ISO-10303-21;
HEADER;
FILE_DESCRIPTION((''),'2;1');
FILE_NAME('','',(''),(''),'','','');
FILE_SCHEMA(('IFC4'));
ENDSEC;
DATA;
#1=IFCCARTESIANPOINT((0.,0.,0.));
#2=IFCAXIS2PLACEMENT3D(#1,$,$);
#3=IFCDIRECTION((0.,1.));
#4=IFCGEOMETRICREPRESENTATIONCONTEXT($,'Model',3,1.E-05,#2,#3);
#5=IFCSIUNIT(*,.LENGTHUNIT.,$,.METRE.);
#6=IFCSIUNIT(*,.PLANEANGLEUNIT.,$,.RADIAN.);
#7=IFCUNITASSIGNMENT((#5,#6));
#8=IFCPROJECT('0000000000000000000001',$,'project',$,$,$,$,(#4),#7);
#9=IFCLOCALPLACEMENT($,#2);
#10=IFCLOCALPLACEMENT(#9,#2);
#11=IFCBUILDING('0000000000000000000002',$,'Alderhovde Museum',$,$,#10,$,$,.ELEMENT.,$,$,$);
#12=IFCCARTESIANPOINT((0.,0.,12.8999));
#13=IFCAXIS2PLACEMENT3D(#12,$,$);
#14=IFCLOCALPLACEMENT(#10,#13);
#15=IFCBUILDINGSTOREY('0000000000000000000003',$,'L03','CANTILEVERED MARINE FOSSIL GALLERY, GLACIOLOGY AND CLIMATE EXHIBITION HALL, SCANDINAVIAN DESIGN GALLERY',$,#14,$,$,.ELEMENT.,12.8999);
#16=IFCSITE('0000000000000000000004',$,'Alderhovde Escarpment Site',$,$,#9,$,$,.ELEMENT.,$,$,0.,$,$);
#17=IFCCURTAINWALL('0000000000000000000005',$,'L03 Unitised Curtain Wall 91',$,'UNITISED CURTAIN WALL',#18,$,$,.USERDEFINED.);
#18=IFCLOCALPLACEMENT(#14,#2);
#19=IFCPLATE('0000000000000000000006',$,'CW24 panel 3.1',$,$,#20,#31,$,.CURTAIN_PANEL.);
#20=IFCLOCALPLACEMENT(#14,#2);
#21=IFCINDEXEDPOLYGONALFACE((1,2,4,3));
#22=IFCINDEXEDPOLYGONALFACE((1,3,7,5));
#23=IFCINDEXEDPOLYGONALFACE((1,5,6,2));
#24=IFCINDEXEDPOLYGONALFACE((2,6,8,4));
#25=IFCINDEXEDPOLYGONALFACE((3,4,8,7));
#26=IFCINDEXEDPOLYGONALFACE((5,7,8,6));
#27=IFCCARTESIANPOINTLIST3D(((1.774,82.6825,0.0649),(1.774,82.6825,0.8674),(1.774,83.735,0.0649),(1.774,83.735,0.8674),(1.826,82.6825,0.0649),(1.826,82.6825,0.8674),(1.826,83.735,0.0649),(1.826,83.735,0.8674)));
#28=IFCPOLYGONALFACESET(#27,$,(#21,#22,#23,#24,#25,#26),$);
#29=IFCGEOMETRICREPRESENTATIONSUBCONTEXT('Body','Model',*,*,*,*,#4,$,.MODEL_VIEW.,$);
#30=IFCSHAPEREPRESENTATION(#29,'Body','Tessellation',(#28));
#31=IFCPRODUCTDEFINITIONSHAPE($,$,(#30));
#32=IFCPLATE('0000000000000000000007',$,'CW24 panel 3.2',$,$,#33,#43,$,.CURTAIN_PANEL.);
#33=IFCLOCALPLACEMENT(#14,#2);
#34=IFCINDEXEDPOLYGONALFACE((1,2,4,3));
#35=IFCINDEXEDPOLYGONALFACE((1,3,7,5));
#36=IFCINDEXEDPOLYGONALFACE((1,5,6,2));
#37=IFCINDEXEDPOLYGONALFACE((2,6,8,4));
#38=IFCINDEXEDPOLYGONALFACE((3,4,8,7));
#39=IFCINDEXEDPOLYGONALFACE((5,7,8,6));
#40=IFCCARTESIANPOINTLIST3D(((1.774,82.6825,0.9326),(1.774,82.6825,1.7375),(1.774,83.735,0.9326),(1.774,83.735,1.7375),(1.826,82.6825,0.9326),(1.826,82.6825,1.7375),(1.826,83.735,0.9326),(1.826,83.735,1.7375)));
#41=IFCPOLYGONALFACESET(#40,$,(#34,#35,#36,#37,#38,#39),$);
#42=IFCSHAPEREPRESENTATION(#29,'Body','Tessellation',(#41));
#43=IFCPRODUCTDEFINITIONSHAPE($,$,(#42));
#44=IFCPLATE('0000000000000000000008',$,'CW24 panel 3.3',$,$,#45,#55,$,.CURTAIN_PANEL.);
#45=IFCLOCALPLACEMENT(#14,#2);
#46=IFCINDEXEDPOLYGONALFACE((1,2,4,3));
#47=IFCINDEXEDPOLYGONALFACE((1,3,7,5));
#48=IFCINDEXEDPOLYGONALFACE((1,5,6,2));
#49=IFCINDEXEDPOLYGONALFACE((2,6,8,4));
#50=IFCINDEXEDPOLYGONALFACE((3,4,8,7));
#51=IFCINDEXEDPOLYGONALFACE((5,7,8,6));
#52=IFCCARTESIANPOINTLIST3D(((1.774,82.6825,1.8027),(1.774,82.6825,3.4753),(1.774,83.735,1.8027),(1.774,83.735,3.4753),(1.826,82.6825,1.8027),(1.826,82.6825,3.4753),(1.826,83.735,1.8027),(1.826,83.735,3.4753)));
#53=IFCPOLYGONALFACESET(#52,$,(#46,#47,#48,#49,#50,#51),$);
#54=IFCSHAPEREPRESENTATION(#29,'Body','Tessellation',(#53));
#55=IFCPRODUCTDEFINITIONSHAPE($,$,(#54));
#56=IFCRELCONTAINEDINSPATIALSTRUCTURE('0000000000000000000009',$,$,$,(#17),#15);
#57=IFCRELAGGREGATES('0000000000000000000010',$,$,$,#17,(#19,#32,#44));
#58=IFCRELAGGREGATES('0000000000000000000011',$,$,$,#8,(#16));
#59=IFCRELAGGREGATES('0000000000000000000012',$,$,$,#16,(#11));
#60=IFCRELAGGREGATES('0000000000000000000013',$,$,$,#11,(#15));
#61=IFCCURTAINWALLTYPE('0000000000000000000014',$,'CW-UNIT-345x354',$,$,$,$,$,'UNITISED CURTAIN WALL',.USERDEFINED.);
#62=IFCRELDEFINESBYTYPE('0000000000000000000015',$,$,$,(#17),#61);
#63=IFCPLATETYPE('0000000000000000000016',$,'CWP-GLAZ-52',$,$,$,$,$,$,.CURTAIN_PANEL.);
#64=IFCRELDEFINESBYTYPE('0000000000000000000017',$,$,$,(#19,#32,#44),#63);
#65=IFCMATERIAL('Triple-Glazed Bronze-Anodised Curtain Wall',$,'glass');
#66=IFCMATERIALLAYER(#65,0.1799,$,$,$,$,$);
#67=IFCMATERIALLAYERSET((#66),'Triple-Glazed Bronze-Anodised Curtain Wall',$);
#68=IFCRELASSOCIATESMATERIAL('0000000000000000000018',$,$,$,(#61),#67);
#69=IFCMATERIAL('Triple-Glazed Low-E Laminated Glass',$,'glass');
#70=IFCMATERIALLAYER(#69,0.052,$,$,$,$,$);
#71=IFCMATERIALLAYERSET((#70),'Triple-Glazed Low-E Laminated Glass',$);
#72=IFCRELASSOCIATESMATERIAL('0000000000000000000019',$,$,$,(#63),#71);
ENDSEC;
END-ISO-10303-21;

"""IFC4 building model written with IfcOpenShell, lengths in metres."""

from ifc_helpers import new_model, si_unit, direction, frame, origin, origin_2d, place, context, subcontext, project, spatial, rectangle, extrude, material, layer, layer_set, type_object, element, aggregate, save


model = new_model("IFC4")

# Units and contexts
model_context = context("Model", 3, precision=1e-05, world=origin(), true_north=direction((0.0, 1.0)))
body_context = subcontext(model_context, "Body", "Model", "MODEL_VIEW")
ifc_project = project(units=[si_unit("LENGTHUNIT", "METRE"), si_unit("PLANEANGLEUNIT", "RADIAN")], contexts=[model_context])

# Site, building, storey
site_placement = place(None, origin())
site = spatial("IfcSite", under=ifc_project, at=site_placement, Name="Alderhovde Escarpment Site", CompositionType="ELEMENT", RefElevation=0.0)
building_placement = place(site_placement, origin())
building = spatial("IfcBuilding", under=site, at=building_placement, Name="Alderhovde Museum", CompositionType="ELEMENT")
storey_placement = place(building_placement, frame((0.0, 0.0, 12.8999)))
storey = spatial("IfcBuildingStorey", under=building, at=storey_placement, Name="L03", Description="CANTILEVERED MARINE FOSSIL GALLERY, GLACIOLOGY AND CLIMATE EXHIBITION HALL, SCANDINAVIAN DESIGN GALLERY", CompositionType="ELEMENT", Elevation=12.8999)

# Curtain wall
ifc_material_1 = material(Name="Triple-Glazed Bronze-Anodised Curtain Wall", Category="glass")
ifc_layer_1 = layer(ifc_material_1, 0.1799)
ifc_layer_set_1 = layer_set([ifc_layer_1], Name="Triple-Glazed Bronze-Anodised Curtain Wall")
curtain_wall_type_1 = type_object("IfcCurtainWallType", Name="CW-UNIT-345x354", ElementType="UNITISED CURTAIN WALL", PredefinedType="USERDEFINED", material=ifc_layer_set_1)
curtain_wall_1_placement = place(storey_placement, origin())
curtain_wall_1 = element("IfcCurtainWall", 1, at=curtain_wall_1_placement, inside=storey, type_object=curtain_wall_type_1, Name="L03 Unitised Curtain Wall 91", ObjectType="UNITISED CURTAIN WALL", PredefinedType="USERDEFINED")

# Plates
ifc_material_2 = material(Name="Triple-Glazed Low-E Laminated Glass", Category="glass")
ifc_layer_2 = layer(ifc_material_2, 0.052)
ifc_layer_set_2 = layer_set([ifc_layer_2], Name="Triple-Glazed Low-E Laminated Glass")
plate_type_1 = type_object("IfcPlateType", Name="CWP-GLAZ-52", PredefinedType="CURTAIN_PANEL", material=ifc_layer_set_2)
plate_1_placement = place(storey_placement, frame((1.8, 83.2087, 0.0649), z_axis=(0.0, 0.0, 1.0), x_axis=(0.0, 1.0, 0.0)))
plate_1 = element("IfcPlate", 2, at=plate_1_placement, type_object=plate_type_1, Name="CW24 panel 3.1", PredefinedType="CURTAIN_PANEL", context=body_context, shape_type="SweptSolid", body=[
    extrude(rectangle(XDim=1.0525, YDim=0.052, at=origin_2d()), origin(), (0.0, 0.0, 1.0), 0.8025),
])
plate_2_placement = place(storey_placement, frame((1.8, 83.2087, 0.9326), z_axis=(0.0, 0.0, 1.0), x_axis=(0.0, 1.0, 0.0)))
plate_2 = element("IfcPlate", 3, at=plate_2_placement, type_object=plate_type_1, Name="CW24 panel 3.2", PredefinedType="CURTAIN_PANEL", context=body_context, shape_type="SweptSolid", body=[
    extrude(rectangle(XDim=1.0525, YDim=0.052, at=origin_2d()), origin(), (0.0, 0.0, 1.0), 0.8049),
])
plate_3_placement = place(storey_placement, frame((1.8, 83.2087, 1.8027), z_axis=(0.0, 0.0, 1.0), x_axis=(0.0, 1.0, 0.0)))
plate_3 = element("IfcPlate", 4, at=plate_3_placement, type_object=plate_type_1, Name="CW24 panel 3.3", PredefinedType="CURTAIN_PANEL", context=body_context, shape_type="SweptSolid", body=[
    extrude(rectangle(XDim=1.0525, YDim=0.052, at=origin_2d()), origin(), (0.0, 0.0, 1.0), 1.6726),
])
aggregate(curtain_wall_1, [plate_1, plate_2, plate_3])

save(model, "model.ifc")
